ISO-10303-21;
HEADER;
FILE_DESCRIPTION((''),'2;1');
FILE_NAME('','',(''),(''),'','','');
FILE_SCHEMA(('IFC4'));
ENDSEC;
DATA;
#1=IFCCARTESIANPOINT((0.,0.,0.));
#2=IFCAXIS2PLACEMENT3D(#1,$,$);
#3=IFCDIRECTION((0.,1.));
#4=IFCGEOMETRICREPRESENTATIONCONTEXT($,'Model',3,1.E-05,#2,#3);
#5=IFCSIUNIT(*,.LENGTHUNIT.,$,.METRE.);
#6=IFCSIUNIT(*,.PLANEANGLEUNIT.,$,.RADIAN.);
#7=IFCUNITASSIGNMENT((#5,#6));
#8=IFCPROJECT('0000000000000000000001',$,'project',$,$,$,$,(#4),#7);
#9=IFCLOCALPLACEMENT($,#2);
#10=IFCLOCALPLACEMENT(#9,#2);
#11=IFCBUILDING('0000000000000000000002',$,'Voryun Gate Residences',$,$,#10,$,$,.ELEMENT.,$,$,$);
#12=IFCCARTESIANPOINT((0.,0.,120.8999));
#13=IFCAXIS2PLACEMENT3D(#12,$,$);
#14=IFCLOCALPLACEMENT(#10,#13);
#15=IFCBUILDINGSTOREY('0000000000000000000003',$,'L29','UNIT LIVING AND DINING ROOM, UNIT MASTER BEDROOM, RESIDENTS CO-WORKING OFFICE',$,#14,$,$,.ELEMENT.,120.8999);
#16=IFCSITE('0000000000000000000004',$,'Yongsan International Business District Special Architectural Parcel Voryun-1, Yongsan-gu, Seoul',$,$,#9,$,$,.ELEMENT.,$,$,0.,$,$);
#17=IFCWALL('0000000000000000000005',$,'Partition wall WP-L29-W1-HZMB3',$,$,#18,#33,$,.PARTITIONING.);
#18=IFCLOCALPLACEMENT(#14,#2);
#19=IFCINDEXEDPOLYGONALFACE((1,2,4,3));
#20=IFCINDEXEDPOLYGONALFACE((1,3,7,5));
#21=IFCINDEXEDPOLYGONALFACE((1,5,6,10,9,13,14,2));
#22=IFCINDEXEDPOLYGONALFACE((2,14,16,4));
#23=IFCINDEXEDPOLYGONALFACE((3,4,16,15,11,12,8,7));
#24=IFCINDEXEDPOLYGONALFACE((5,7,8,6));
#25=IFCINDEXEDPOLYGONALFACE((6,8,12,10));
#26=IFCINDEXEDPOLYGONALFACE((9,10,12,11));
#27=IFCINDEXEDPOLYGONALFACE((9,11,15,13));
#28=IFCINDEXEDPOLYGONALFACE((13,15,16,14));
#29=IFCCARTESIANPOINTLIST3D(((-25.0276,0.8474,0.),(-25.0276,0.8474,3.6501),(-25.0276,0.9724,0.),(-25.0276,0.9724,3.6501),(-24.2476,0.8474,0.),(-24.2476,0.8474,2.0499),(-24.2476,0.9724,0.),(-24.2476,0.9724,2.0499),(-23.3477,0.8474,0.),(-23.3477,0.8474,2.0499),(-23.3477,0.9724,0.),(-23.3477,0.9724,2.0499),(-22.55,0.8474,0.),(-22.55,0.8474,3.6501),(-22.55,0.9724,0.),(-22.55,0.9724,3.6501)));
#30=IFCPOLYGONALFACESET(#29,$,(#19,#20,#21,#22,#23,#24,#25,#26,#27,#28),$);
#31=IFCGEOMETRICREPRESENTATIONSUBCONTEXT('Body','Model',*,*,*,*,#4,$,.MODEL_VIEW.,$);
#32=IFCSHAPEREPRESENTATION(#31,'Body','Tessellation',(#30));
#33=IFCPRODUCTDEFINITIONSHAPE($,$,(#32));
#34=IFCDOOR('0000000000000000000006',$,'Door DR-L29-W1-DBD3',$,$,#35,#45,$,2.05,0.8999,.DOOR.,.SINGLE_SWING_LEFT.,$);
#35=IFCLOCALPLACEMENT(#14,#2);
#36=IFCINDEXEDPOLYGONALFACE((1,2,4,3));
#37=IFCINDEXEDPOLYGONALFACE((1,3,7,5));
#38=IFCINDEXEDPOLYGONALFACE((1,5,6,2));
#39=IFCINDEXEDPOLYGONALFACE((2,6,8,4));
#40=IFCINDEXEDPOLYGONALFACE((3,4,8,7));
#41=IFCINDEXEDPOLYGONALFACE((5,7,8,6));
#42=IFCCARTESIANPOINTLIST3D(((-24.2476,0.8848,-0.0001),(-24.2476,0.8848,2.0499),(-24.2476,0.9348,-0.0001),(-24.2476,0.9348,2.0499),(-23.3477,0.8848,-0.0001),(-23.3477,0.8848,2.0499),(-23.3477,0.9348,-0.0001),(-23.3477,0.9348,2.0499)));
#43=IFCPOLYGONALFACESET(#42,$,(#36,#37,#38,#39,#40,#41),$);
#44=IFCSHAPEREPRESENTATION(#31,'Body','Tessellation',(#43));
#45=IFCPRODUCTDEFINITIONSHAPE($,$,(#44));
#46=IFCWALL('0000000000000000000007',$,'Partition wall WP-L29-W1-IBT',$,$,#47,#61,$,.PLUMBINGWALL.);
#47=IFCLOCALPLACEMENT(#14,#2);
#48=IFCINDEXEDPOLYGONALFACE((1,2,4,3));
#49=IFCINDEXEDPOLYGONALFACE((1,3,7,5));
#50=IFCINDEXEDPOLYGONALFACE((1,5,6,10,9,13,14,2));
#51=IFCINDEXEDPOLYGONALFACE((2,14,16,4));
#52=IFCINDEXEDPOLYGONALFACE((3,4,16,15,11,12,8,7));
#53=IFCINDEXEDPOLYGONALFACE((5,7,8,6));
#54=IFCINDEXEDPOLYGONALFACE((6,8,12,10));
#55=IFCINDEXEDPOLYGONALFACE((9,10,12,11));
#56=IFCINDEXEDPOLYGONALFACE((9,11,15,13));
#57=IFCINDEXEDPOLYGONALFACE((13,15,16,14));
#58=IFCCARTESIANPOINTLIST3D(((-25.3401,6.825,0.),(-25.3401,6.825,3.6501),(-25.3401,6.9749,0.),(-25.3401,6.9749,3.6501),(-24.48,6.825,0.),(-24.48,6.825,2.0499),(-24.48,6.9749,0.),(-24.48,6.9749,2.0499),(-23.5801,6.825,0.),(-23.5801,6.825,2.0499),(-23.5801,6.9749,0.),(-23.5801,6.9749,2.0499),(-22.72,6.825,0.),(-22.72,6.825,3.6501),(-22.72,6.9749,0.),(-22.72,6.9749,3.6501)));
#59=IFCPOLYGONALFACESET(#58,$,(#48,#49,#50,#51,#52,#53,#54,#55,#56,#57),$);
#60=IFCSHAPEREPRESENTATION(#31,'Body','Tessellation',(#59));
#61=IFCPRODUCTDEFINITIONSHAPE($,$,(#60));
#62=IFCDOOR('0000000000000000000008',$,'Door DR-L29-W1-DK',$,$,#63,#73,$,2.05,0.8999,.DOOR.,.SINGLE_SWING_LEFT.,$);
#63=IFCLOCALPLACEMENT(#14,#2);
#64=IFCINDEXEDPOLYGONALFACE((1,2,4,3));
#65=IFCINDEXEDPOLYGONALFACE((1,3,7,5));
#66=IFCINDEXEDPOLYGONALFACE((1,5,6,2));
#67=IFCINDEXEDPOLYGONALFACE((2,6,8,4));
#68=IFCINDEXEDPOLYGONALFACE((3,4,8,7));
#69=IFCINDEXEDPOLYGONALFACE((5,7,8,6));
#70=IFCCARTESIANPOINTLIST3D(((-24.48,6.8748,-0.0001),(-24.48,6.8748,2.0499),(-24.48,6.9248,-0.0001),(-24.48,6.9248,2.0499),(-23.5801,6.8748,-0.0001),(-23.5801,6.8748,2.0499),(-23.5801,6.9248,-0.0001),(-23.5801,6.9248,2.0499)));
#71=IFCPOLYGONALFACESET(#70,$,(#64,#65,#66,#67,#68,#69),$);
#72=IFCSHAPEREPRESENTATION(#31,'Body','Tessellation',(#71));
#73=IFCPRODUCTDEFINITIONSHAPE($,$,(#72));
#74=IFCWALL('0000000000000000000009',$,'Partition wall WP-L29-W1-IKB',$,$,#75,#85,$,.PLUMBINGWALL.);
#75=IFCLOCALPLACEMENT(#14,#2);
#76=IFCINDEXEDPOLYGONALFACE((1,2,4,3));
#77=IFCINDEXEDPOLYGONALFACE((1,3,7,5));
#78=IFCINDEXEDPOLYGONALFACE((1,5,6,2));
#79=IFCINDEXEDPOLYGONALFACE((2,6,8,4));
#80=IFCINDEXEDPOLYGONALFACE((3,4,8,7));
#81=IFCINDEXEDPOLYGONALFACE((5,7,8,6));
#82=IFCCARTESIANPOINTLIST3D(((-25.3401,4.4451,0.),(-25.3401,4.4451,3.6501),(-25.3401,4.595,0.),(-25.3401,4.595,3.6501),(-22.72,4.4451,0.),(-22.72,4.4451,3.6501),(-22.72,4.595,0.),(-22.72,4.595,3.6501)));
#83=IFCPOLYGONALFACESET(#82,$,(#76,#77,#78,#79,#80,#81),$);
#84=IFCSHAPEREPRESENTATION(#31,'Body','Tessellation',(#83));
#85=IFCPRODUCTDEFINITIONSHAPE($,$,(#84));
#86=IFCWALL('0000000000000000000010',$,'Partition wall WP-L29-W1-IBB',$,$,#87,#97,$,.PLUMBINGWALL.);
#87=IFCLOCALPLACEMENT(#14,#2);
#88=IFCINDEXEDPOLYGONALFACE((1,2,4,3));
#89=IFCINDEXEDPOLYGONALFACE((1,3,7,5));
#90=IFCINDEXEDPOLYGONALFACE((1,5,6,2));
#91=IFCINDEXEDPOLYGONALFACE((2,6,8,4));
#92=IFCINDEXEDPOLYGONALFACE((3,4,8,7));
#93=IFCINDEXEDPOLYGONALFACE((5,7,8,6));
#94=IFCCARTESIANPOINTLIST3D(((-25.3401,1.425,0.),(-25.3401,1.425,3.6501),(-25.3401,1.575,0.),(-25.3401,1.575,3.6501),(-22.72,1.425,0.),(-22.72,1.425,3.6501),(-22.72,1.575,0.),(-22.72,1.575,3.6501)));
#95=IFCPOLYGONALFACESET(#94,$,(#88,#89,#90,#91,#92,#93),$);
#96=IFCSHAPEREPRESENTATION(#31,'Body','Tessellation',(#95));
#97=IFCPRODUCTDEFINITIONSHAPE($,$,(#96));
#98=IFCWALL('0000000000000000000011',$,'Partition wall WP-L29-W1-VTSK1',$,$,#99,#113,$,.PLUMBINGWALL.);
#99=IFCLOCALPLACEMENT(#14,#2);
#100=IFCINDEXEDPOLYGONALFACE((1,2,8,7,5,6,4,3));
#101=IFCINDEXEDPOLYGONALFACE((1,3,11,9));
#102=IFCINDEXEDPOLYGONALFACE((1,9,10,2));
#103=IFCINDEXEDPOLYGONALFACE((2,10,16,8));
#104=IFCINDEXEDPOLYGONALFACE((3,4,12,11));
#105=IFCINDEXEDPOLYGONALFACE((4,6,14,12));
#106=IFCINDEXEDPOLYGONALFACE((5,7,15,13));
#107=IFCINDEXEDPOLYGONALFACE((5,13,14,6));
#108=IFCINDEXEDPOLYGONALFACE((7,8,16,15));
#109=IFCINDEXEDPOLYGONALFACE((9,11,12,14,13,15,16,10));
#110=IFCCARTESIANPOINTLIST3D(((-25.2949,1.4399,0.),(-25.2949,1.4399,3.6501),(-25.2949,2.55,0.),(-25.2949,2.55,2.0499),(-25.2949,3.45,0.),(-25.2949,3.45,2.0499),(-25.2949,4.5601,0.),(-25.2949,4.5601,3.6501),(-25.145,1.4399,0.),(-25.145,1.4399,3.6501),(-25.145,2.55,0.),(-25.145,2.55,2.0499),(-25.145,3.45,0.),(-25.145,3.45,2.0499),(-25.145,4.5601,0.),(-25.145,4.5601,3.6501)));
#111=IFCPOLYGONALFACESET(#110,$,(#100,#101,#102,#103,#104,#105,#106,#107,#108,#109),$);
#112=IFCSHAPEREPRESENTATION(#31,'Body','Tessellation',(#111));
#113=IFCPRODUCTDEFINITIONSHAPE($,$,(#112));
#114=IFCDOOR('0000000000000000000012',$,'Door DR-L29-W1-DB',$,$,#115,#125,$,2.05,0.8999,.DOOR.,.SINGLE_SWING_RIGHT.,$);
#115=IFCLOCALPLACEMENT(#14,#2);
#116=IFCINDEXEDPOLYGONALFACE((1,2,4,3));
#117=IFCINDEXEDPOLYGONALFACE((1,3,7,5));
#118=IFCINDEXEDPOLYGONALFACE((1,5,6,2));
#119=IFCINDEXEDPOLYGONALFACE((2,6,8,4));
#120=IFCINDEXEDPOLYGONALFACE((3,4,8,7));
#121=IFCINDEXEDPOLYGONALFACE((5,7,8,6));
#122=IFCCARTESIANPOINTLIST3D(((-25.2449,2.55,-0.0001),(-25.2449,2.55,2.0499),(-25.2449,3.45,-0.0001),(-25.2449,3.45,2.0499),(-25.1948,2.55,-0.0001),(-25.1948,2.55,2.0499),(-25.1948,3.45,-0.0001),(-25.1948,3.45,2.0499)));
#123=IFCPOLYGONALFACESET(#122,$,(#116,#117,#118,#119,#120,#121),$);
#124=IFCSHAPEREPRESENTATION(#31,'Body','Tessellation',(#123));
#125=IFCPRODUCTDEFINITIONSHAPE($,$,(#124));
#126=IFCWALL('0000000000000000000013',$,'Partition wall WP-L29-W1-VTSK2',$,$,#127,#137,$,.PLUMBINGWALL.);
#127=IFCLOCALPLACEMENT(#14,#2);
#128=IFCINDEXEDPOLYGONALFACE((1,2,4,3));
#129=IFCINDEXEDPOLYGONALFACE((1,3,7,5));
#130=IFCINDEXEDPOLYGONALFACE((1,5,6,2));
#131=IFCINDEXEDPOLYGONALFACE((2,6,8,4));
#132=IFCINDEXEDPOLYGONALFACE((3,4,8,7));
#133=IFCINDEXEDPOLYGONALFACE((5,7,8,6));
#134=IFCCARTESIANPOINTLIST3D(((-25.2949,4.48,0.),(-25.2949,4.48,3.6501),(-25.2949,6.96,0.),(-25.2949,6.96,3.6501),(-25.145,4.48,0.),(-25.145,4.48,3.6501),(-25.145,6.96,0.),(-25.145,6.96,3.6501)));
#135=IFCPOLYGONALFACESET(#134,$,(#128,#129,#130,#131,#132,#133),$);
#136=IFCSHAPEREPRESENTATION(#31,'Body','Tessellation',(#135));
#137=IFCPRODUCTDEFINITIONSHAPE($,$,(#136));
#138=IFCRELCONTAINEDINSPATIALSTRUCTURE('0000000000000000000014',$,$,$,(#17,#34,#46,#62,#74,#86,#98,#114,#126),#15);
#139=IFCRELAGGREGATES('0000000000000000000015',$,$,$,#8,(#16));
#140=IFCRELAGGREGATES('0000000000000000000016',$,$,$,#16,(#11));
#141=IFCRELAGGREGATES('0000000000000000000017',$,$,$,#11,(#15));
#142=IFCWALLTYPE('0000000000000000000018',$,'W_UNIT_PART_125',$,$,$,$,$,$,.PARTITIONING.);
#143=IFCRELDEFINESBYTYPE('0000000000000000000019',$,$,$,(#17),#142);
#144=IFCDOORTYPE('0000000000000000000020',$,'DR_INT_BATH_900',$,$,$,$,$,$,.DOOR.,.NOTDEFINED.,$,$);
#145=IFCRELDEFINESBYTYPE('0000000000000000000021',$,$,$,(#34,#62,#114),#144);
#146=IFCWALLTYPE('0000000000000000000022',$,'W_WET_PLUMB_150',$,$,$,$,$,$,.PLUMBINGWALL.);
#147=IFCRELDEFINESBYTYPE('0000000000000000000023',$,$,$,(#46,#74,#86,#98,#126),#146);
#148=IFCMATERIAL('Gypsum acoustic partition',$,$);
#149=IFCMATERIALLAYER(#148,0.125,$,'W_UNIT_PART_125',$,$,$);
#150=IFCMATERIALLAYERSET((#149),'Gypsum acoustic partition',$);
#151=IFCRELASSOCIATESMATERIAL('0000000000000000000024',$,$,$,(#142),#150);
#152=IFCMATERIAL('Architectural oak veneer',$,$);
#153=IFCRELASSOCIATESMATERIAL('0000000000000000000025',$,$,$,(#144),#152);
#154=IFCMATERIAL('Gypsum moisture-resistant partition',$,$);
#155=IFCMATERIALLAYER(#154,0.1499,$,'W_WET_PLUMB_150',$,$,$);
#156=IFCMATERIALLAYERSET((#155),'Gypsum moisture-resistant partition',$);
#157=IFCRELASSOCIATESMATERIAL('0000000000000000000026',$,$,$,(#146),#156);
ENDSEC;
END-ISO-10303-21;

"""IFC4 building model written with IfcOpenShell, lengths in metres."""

from ifc_helpers import new_model, si_unit, direction, frame, frame_2d, origin, place, context, subcontext, project, spatial, rectangle, extrude, material, layer, layer_set, type_object, element, fill, save


model = new_model("IFC4")

# Units and contexts
model_context = context("Model", 3, precision=1e-05, world=origin(), true_north=direction((0.0, 1.0)))
body_context = subcontext(model_context, "Body", "Model", "MODEL_VIEW")
ifc_project = project(units=[si_unit("LENGTHUNIT", "METRE"), si_unit("PLANEANGLEUNIT", "RADIAN")], contexts=[model_context])

# Site, building, storey
site_placement = place(None, origin())
site = spatial("IfcSite", under=ifc_project, at=site_placement, Name="Yongsan International Business District Special Architectural Parcel Voryun-1, Yongsan-gu, Seoul", CompositionType="ELEMENT", RefElevation=0.0)
building_placement = place(site_placement, origin())
building = spatial("IfcBuilding", under=site, at=building_placement, Name="Voryun Gate Residences", CompositionType="ELEMENT")
storey_placement = place(building_placement, frame((0.0, 0.0, 120.8999)))
storey = spatial("IfcBuildingStorey", under=building, at=storey_placement, Name="L29", Description="UNIT LIVING AND DINING ROOM, UNIT MASTER BEDROOM, RESIDENTS CO-WORKING OFFICE", CompositionType="ELEMENT", Elevation=120.8999)

# Walls, openings, doors
ifc_material_1 = material(Name="Gypsum acoustic partition")
ifc_layer_1 = layer(ifc_material_1, 0.125, Name="W_UNIT_PART_125")
ifc_layer_set_1 = layer_set([ifc_layer_1], Name="Gypsum acoustic partition")
wall_type_1 = type_object("IfcWallType", Name="W_UNIT_PART_125", PredefinedType="PARTITIONING", material=ifc_layer_set_1)
ifc_material_2 = material(Name="Architectural oak veneer")
door_type_1 = type_object("IfcDoorType", Name="DR_INT_BATH_900", OperationType="NOTDEFINED", PredefinedType="DOOR", material=ifc_material_2)
wall_1_placement = place(storey_placement, frame((-25.0276, 0.9099, 0.0), z_axis=(0.0, 0.0, 1.0), x_axis=(1.0, 0.0, 0.0)))
wall_1 = element("IfcWall", 1, at=wall_1_placement, inside=storey, type_object=wall_type_1, Name="Partition wall WP-L29-W1-HZMB3", PredefinedType="PARTITIONING", context=body_context, shape_type="SweptSolid", body=[
    extrude(rectangle(XDim=2.4775, YDim=0.125, at=frame_2d((1.2388, 0.0))), origin(), (0.0, 0.0, 1.0), 3.6501),
])
opening_1_placement = place(wall_1_placement, frame((0.78, 0.0, 0.0)))
opening_1 = element("IfcOpeningElement", 2, at=opening_1_placement, cuts=wall_1, PredefinedType="OPENING", context=body_context, shape_type="SweptSolid", body=[
    extrude(rectangle(XDim=0.8999, YDim=2.05, at=frame_2d((0.45, 1.0249))), frame((0.0, 0.0725, 0.0), z_axis=(0.0, -1.0, 0.0), x_axis=(1.0, 0.0, 0.0)), (0.0, 0.0, 1.0), 0.145),
])
door_1_placement = place(opening_1_placement, origin())
door_1 = element("IfcDoor", 3, at=door_1_placement, inside=storey, type_object=door_type_1, Name="Door DR-L29-W1-DBD3", OperationType="SINGLE_SWING_LEFT", OverallHeight=2.05, OverallWidth=0.8999, PredefinedType="DOOR", context=body_context, shape_type="SweptSolid", body=[
    extrude(rectangle(XDim=0.8999, YDim=2.05, at=frame_2d((0.45, 1.0249))), frame((0.0, 0.0249, 0.0), z_axis=(0.0, -1.0, 0.0), x_axis=(1.0, 0.0, 0.0)), (0.0, 0.0, 1.0), 0.05),
])
fill(opening_1, door_1)
ifc_material_3 = material(Name="Gypsum moisture-resistant partition")
ifc_layer_2 = layer(ifc_material_3, 0.1499, Name="W_WET_PLUMB_150")
ifc_layer_set_2 = layer_set([ifc_layer_2], Name="Gypsum moisture-resistant partition")
wall_type_2 = type_object("IfcWallType", Name="W_WET_PLUMB_150", PredefinedType="PLUMBINGWALL", material=ifc_layer_set_2)
wall_2_placement = place(storey_placement, frame((-25.3401, 6.8999, 0.0), z_axis=(0.0, 0.0, 1.0), x_axis=(1.0, 0.0, 0.0)))
wall_2 = element("IfcWall", 4, at=wall_2_placement, inside=storey, type_object=wall_type_2, Name="Partition wall WP-L29-W1-IBT", PredefinedType="PLUMBINGWALL", context=body_context, shape_type="SweptSolid", body=[
    extrude(rectangle(XDim=2.6201, YDim=0.1499, at=frame_2d((1.3101, 0.0))), origin(), (0.0, 0.0, 1.0), 3.6501),
])
opening_2_placement = place(wall_2_placement, frame((0.8601, 0.0, 0.0)))
opening_2 = element("IfcOpeningElement", 5, at=opening_2_placement, cuts=wall_2, PredefinedType="OPENING", context=body_context, shape_type="SweptSolid", body=[
    extrude(rectangle(XDim=0.8999, YDim=2.05, at=frame_2d((0.45, 1.0249))), frame((0.0, 0.085, 0.0), z_axis=(0.0, -1.0, 0.0), x_axis=(1.0, 0.0, 0.0)), (0.0, 0.0, 1.0), 0.1699),
])
door_2_placement = place(opening_2_placement, origin())
door_2 = element("IfcDoor", 6, at=door_2_placement, inside=storey, type_object=door_type_1, Name="Door DR-L29-W1-DK", OperationType="SINGLE_SWING_LEFT", OverallHeight=2.05, OverallWidth=0.8999, PredefinedType="DOOR", context=body_context, shape_type="SweptSolid", body=[
    extrude(rectangle(XDim=0.8999, YDim=2.05, at=frame_2d((0.45, 1.0249))), frame((0.0, 0.0249, 0.0), z_axis=(0.0, -1.0, 0.0), x_axis=(1.0, 0.0, 0.0)), (0.0, 0.0, 1.0), 0.05),
])
fill(opening_2, door_2)

# Walls
for number, where, z_axis, x_axis, name in (
    (7, (-25.3401, 4.52, 0.0), (0.0, 0.0, 1.0), (1.0, 0.0, 0.0), "Partition wall WP-L29-W1-IKB"),
    (8, (-25.3401, 1.5, 0.0), (0.0, 0.0, 1.0), (1.0, 0.0, 0.0), "Partition wall WP-L29-W1-IBB"),
):
    element("IfcWall", number, at=place(storey_placement, frame(where, z_axis=z_axis, x_axis=x_axis)), inside=storey, type_object=wall_type_2, Name=name, PredefinedType="PLUMBINGWALL", context=body_context, shape_type="SweptSolid", body=[
        extrude(rectangle(XDim=2.6201, YDim=0.1499, at=frame_2d((1.3101, 0.0))), origin(), (0.0, 0.0, 1.0), 3.6501),
    ])

# Wall, opening, door
wall_3_placement = place(storey_placement, frame((-25.22, 1.4399, 0.0), z_axis=(0.0, 0.0, 1.0), x_axis=(0.0, 1.0, 0.0)))
wall_3 = element("IfcWall", 9, at=wall_3_placement, inside=storey, type_object=wall_type_2, Name="Partition wall WP-L29-W1-VTSK1", PredefinedType="PLUMBINGWALL", context=body_context, shape_type="SweptSolid", body=[
    extrude(rectangle(XDim=3.1201, YDim=0.1499, at=frame_2d((1.5601, 0.0))), origin(), (0.0, 0.0, 1.0), 3.6501),
])
opening_3_placement = place(wall_3_placement, frame((1.1101, 0.0, 0.0)))
opening_3 = element("IfcOpeningElement", 10, at=opening_3_placement, cuts=wall_3, PredefinedType="OPENING", context=body_context, shape_type="SweptSolid", body=[
    extrude(rectangle(XDim=0.8999, YDim=2.05, at=frame_2d((0.45, 1.0249))), frame((0.0, 0.085, 0.0), z_axis=(0.0, -1.0, 0.0), x_axis=(1.0, 0.0, 0.0)), (0.0, 0.0, 1.0), 0.1699),
])
door_3_placement = place(opening_3_placement, origin())
door_3 = element("IfcDoor", 11, at=door_3_placement, inside=storey, type_object=door_type_1, Name="Door DR-L29-W1-DB", OperationType="SINGLE_SWING_RIGHT", OverallHeight=2.05, OverallWidth=0.8999, PredefinedType="DOOR", context=body_context, shape_type="SweptSolid", body=[
    extrude(rectangle(XDim=0.8999, YDim=2.05, at=frame_2d((0.45, 1.0249))), frame((0.0, 0.0249, 0.0), z_axis=(0.0, -1.0, 0.0), x_axis=(1.0, 0.0, 0.0)), (0.0, 0.0, 1.0), 0.05),
])
fill(opening_3, door_3)

# Wall
wall_4_placement = place(storey_placement, frame((-25.22, 4.48, 0.0), z_axis=(0.0, 0.0, 1.0), x_axis=(0.0, 1.0, 0.0)))
element("IfcWall", 12, at=wall_4_placement, inside=storey, type_object=wall_type_2, Name="Partition wall WP-L29-W1-VTSK2", PredefinedType="PLUMBINGWALL", context=body_context, shape_type="SweptSolid", body=[
    extrude(rectangle(XDim=2.48, YDim=0.1499, at=frame_2d((1.24, 0.0))), origin(), (0.0, 0.0, 1.0), 3.6501),
])

save(model, "model.ifc")
